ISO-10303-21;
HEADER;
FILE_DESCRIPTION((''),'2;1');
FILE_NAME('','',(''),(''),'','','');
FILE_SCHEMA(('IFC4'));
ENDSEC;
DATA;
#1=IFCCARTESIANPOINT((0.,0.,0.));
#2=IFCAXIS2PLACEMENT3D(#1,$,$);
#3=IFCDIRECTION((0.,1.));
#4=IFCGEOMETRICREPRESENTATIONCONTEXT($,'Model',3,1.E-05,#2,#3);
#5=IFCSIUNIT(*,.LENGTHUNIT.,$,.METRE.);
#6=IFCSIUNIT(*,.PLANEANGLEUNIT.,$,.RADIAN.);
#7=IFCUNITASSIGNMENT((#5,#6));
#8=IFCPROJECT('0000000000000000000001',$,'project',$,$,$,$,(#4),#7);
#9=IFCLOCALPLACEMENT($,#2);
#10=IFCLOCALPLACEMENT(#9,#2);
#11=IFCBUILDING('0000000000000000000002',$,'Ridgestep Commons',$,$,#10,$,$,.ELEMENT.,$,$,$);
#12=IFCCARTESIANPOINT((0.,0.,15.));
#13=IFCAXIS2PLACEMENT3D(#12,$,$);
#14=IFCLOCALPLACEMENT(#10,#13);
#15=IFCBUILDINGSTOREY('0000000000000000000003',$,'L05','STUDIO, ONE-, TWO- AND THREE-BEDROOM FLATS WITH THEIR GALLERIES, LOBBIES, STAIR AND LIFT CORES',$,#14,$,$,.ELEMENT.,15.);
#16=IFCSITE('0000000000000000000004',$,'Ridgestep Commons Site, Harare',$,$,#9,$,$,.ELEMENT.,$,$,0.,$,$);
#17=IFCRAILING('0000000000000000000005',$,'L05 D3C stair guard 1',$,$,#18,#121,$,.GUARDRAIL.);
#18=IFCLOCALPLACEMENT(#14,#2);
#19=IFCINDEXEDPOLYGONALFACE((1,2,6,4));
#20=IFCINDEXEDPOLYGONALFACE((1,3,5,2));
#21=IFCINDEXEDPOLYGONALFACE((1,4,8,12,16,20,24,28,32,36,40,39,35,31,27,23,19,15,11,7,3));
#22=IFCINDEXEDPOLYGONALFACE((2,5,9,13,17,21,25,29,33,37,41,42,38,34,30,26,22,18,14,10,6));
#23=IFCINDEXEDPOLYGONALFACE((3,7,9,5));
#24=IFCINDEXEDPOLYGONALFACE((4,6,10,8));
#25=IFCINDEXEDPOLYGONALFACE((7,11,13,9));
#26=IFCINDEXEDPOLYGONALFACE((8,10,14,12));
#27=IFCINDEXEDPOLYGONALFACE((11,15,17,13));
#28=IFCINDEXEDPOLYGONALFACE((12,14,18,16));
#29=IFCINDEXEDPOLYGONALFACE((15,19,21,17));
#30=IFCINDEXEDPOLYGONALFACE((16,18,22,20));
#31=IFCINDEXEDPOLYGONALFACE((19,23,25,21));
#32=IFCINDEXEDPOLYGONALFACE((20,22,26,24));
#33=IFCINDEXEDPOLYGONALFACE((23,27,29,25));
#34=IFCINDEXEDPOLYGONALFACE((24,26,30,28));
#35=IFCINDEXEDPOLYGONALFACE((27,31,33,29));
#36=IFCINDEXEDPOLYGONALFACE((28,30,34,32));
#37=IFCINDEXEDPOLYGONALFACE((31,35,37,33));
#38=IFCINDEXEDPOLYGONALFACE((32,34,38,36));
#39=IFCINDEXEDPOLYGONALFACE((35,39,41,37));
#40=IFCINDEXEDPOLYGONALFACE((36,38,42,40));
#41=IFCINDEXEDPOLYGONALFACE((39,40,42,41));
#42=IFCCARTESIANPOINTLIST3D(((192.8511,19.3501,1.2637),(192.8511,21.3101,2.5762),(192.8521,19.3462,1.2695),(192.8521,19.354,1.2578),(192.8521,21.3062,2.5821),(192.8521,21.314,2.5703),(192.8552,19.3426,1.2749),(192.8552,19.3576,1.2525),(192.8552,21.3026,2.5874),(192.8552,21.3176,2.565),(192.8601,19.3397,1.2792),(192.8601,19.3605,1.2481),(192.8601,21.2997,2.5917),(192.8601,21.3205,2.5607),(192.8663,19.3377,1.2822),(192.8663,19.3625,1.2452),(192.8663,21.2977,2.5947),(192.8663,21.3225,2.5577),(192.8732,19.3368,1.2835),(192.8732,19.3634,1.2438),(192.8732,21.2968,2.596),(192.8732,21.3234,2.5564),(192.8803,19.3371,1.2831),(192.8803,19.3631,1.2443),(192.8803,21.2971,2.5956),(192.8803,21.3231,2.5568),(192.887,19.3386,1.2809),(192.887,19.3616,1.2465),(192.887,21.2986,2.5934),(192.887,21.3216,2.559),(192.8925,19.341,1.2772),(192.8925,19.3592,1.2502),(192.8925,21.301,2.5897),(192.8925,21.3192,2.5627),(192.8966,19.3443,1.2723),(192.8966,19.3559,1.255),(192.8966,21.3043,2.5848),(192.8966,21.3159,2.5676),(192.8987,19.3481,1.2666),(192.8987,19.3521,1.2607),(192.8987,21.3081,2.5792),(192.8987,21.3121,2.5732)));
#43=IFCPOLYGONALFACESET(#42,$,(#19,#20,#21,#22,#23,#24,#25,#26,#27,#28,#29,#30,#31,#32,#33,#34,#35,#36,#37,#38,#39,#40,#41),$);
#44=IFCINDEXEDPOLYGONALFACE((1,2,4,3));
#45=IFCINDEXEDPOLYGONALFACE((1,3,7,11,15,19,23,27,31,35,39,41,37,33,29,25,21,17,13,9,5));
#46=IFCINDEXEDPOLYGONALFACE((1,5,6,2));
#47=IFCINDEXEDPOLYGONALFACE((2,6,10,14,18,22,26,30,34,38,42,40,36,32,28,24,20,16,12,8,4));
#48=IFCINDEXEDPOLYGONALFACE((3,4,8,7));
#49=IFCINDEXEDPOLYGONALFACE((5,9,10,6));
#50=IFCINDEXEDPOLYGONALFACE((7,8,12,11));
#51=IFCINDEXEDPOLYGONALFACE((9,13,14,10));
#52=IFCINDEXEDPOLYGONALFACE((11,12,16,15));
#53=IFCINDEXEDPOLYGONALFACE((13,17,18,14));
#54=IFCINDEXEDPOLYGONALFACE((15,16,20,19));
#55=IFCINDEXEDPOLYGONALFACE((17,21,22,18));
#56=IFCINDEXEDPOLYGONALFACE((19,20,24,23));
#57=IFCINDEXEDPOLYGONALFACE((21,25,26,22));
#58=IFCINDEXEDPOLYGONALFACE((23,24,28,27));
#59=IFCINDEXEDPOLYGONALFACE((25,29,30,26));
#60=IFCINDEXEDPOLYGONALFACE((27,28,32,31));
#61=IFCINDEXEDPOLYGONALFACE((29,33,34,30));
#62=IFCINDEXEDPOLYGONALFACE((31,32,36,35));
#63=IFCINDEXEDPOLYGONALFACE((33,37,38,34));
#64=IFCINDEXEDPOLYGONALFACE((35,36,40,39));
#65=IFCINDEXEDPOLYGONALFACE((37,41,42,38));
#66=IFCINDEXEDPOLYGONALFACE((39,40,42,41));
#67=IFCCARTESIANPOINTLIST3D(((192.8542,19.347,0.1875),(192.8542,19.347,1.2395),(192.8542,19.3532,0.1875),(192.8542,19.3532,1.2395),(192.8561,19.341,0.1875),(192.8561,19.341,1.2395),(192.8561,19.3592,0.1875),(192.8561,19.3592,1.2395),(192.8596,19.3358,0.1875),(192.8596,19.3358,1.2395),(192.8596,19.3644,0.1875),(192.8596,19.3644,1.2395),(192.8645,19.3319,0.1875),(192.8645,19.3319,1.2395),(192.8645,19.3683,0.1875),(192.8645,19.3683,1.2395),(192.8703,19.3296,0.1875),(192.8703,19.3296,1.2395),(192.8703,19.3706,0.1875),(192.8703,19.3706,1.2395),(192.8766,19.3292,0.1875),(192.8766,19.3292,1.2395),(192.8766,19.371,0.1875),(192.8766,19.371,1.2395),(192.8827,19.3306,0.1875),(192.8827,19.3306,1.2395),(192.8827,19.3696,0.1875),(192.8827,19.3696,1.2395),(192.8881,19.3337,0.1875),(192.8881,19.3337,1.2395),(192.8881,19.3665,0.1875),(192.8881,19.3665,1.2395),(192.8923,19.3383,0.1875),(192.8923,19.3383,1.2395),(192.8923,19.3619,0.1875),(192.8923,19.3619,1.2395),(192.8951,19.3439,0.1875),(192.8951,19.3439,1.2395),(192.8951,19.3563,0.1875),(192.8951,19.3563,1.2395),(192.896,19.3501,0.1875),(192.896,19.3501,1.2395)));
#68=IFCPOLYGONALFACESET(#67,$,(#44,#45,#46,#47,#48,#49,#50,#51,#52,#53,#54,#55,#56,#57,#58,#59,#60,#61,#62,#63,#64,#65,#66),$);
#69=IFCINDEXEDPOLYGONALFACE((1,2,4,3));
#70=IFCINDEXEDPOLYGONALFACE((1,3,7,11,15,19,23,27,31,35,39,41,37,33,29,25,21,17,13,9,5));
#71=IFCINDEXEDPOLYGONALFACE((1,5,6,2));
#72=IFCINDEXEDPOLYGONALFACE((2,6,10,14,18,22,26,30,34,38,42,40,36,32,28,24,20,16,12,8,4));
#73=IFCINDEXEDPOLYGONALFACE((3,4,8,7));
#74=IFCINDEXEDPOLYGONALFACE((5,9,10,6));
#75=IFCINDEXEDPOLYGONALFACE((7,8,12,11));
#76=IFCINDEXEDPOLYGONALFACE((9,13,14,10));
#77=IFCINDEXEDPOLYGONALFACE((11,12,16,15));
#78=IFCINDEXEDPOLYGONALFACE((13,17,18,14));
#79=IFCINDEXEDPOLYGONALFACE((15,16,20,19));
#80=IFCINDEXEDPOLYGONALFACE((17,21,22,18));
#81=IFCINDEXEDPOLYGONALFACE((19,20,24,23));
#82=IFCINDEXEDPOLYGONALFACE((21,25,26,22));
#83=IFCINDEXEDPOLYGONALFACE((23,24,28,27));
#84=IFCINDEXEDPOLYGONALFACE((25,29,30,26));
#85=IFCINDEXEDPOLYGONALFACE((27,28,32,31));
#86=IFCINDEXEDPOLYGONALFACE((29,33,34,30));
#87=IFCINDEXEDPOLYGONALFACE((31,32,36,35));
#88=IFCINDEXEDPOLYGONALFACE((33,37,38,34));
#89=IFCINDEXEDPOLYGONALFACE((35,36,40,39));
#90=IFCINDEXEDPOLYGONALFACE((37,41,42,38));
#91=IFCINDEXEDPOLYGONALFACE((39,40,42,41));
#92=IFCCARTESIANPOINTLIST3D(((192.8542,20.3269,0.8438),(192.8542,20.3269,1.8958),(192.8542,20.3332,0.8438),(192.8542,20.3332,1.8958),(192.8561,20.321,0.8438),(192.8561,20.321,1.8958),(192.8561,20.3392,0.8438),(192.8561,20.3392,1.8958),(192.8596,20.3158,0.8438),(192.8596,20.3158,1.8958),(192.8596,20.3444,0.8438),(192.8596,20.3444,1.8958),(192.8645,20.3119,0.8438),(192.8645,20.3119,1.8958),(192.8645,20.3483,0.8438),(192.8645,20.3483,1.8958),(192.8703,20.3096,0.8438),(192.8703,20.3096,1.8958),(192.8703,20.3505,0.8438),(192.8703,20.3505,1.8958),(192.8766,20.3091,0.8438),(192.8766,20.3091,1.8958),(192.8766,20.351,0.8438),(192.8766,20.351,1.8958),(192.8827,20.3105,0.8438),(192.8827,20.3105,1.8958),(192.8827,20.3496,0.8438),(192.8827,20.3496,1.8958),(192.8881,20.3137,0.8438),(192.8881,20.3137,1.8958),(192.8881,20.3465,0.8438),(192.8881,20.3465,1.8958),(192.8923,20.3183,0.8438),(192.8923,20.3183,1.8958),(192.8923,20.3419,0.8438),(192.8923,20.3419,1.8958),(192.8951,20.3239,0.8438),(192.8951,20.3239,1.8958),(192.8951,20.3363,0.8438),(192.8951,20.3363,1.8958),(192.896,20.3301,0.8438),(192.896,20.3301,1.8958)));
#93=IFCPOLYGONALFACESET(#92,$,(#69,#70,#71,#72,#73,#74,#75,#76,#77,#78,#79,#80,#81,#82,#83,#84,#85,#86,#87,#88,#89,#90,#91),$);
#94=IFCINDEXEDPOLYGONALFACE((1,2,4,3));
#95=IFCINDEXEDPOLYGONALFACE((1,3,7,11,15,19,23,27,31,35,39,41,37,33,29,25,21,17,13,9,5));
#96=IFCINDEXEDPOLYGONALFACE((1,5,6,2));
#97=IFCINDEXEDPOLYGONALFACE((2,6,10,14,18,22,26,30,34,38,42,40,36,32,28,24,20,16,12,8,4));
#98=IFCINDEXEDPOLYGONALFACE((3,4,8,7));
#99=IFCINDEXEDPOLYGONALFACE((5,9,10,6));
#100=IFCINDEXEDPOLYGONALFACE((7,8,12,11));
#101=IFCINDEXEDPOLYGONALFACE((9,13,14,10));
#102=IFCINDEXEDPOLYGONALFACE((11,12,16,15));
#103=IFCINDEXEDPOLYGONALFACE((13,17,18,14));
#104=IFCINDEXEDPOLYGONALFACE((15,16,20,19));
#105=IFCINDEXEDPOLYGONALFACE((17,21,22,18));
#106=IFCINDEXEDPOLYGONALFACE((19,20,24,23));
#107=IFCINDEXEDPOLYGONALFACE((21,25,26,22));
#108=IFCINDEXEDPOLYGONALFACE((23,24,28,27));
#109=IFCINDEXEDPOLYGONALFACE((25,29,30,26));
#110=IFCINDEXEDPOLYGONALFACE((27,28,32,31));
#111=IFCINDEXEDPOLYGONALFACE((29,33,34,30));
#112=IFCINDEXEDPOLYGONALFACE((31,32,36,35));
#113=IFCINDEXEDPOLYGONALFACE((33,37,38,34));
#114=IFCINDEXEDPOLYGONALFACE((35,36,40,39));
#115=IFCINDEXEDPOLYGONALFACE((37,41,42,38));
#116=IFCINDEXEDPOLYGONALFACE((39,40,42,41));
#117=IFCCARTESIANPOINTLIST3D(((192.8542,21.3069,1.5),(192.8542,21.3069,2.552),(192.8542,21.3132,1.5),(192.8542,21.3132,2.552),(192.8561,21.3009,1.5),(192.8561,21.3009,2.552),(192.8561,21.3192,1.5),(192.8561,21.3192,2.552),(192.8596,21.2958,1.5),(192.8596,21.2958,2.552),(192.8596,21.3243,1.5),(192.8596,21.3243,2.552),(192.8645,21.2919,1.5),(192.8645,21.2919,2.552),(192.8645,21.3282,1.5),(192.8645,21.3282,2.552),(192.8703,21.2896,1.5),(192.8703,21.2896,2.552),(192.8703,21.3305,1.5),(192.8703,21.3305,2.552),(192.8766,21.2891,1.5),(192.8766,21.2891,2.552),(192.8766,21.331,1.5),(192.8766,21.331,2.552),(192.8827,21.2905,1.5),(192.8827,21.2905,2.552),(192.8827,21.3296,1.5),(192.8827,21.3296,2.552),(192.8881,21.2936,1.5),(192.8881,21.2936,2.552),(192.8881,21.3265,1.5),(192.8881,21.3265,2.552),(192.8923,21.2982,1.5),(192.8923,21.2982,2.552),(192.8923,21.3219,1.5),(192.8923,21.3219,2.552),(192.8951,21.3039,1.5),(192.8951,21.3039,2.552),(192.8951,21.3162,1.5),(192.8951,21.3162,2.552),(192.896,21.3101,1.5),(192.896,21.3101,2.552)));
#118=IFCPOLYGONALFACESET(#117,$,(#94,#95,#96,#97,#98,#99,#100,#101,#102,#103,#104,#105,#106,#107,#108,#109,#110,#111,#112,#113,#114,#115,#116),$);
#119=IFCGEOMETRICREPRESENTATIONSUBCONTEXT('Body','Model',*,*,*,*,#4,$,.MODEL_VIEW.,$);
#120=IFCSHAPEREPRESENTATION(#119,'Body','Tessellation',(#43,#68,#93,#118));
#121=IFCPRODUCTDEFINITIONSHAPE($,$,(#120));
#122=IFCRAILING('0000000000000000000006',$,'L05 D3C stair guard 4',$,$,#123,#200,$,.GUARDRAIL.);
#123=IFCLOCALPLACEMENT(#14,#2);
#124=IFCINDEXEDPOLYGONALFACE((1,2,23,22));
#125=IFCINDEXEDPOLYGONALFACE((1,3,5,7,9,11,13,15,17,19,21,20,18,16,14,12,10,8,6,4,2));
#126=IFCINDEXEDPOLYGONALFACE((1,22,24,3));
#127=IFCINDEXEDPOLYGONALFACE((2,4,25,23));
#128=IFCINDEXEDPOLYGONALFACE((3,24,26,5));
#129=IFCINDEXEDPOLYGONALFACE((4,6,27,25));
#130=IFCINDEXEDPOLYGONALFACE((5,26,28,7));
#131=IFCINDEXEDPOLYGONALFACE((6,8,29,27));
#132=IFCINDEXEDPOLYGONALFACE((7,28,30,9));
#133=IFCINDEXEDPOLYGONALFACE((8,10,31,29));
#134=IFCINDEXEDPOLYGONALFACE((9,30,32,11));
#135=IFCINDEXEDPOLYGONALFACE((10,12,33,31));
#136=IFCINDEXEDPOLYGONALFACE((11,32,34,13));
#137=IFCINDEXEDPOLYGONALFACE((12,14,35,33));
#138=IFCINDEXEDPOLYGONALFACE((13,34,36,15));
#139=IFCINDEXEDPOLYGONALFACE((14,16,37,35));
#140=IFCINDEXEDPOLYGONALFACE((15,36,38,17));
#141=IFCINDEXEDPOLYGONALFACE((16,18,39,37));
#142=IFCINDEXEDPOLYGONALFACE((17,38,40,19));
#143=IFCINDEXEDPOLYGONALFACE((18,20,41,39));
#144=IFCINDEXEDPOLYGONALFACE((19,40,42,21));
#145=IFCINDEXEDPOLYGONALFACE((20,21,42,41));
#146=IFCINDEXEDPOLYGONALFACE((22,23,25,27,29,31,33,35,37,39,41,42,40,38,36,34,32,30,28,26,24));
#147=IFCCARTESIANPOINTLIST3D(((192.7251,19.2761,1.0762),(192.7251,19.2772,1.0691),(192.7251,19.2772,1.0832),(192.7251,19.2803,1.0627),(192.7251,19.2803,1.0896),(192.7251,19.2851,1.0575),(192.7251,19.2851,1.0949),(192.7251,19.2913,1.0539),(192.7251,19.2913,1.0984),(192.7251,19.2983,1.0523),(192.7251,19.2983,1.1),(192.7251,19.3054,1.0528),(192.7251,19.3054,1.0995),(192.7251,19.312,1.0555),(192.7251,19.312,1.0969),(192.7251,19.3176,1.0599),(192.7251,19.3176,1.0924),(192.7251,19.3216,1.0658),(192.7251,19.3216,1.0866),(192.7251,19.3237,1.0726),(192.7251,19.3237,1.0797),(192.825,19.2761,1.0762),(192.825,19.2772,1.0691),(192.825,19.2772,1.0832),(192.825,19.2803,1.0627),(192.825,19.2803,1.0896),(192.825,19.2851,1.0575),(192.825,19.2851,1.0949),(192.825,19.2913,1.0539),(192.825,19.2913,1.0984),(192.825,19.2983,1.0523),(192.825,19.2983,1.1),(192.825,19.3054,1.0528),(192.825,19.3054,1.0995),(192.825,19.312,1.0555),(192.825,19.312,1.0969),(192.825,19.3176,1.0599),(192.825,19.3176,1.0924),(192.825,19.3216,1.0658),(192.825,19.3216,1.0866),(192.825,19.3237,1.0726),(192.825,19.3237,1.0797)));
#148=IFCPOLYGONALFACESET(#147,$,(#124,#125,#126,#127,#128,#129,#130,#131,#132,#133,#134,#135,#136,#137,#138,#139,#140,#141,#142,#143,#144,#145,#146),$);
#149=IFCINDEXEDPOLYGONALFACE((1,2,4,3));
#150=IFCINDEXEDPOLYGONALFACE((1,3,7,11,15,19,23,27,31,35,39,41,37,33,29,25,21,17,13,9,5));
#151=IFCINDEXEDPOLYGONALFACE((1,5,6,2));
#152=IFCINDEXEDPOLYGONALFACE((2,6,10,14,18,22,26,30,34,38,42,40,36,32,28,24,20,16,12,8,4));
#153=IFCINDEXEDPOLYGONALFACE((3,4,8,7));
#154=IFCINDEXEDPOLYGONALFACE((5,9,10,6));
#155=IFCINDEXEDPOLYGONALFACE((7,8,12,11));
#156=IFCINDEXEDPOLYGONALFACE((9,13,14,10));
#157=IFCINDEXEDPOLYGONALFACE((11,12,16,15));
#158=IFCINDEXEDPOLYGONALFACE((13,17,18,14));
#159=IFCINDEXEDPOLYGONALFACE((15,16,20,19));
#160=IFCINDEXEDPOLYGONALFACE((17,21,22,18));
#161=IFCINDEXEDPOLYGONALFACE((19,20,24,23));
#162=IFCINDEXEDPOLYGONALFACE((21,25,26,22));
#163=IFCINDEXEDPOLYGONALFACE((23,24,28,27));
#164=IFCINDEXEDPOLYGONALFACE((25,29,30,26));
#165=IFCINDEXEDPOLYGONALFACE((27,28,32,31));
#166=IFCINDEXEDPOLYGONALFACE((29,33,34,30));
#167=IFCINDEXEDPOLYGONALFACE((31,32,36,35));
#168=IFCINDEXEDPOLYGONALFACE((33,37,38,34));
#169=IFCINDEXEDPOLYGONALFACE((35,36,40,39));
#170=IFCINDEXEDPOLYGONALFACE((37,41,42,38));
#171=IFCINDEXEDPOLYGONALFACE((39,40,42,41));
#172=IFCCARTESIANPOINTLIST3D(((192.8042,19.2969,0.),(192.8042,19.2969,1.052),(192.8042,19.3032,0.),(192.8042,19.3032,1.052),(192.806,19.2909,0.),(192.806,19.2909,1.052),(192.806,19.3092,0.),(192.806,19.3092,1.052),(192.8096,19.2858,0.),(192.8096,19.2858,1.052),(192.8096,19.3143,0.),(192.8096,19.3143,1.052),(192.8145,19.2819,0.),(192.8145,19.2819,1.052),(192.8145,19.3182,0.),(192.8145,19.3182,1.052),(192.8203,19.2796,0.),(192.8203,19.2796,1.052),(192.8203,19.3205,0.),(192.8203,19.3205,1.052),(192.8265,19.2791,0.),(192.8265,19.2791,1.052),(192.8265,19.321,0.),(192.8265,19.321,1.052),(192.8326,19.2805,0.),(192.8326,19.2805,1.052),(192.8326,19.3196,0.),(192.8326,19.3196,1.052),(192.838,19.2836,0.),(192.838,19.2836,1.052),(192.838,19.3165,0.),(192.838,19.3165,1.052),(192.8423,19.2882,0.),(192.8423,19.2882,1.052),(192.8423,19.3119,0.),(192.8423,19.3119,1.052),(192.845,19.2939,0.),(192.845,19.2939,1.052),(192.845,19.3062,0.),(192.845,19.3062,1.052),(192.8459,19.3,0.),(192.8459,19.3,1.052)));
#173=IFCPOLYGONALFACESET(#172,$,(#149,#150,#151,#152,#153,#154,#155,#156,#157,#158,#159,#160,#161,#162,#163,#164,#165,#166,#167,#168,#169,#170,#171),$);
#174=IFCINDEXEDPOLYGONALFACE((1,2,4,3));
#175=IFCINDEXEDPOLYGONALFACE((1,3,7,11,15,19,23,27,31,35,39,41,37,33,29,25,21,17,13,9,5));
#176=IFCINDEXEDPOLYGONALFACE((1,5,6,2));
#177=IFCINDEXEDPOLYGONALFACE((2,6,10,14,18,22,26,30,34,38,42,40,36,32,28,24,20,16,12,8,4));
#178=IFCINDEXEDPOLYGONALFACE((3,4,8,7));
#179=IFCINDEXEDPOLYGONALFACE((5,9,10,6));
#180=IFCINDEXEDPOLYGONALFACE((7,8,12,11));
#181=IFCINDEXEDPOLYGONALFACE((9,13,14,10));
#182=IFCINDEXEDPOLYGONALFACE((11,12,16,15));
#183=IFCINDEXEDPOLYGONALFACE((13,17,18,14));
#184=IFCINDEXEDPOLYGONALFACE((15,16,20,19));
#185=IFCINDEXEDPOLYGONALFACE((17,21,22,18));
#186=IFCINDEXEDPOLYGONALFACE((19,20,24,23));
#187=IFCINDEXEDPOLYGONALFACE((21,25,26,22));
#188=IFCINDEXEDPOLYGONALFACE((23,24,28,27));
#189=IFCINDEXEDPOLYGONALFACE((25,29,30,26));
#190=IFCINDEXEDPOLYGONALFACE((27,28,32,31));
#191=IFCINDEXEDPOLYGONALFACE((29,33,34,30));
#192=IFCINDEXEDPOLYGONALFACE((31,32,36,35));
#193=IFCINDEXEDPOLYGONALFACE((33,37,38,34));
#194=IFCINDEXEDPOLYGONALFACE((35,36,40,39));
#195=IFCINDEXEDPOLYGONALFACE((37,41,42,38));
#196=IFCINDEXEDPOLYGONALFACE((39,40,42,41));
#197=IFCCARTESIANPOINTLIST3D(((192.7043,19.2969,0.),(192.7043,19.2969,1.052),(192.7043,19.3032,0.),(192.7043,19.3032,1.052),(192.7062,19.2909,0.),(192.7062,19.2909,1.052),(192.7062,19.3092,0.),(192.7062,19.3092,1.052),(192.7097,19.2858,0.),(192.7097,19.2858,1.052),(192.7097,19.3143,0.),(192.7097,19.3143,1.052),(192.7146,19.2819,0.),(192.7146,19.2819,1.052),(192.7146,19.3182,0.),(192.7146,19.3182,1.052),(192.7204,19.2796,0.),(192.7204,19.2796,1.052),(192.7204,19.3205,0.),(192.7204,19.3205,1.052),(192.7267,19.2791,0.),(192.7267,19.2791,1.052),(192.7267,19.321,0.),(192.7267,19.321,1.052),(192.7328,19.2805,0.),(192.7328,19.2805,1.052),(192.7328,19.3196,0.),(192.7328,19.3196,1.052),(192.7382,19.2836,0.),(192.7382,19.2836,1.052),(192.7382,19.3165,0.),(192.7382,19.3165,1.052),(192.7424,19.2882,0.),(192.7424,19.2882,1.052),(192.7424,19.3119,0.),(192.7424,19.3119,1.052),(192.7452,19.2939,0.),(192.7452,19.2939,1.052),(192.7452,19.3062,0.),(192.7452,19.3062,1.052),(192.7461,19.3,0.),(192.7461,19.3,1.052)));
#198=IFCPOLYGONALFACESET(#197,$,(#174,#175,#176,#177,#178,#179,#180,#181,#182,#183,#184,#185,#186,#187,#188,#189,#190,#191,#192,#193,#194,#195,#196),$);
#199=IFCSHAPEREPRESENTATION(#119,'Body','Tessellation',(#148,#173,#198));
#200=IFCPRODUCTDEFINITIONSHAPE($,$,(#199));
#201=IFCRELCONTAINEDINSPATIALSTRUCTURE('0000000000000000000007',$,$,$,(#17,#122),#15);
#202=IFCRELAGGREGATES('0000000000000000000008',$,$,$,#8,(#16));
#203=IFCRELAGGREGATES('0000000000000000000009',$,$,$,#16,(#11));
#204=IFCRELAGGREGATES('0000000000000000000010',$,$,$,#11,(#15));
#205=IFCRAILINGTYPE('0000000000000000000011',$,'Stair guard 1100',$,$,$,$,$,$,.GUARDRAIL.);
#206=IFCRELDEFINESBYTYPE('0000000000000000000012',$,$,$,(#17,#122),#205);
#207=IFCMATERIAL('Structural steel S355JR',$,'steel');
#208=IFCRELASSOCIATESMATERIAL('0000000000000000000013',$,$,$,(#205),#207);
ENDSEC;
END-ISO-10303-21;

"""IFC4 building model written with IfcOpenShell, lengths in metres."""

from ifc_helpers import new_model, si_unit, direction, frame, origin, origin_2d, place, context, subcontext, project, spatial, circle, extrude, material, type_object, element, save


model = new_model("IFC4")

# Units and contexts
model_context = context("Model", 3, precision=1e-05, world=origin(), true_north=direction((0.0, 1.0)))
body_context = subcontext(model_context, "Body", "Model", "MODEL_VIEW")
ifc_project = project(units=[si_unit("LENGTHUNIT", "METRE"), si_unit("PLANEANGLEUNIT", "RADIAN")], contexts=[model_context])

# Site, building, storey
site_placement = place(None, origin())
site = spatial("IfcSite", under=ifc_project, at=site_placement, Name="Ridgestep Commons Site, Harare", CompositionType="ELEMENT", RefElevation=0.0)
building_placement = place(site_placement, origin())
building = spatial("IfcBuilding", under=site, at=building_placement, Name="Ridgestep Commons", CompositionType="ELEMENT")
storey_placement = place(building_placement, frame((0.0, 0.0, 15.0)))
storey = spatial("IfcBuildingStorey", under=building, at=storey_placement, Name="L05", Description="STUDIO, ONE-, TWO- AND THREE-BEDROOM FLATS WITH THEIR GALLERIES, LOBBIES, STAIR AND LIFT CORES", CompositionType="ELEMENT", Elevation=15.0)

# Railings
ifc_material_1 = material(Name="Structural steel S355JR", Category="steel")
railing_type_1 = type_object("IfcRailingType", Name="Stair guard 1100", PredefinedType="GUARDRAIL", material=ifc_material_1)
railing_1_placement = place(storey_placement, frame((192.875, 19.3501, 0.1875)))
element("IfcRailing", 1, at=railing_1_placement, inside=storey, type_object=railing_type_1, Name="L05 D3C stair guard 1", PredefinedType="GUARDRAIL", context=body_context, shape_type="SweptSolid", body=[
    extrude(circle(Radius=0.0239, at=origin_2d()), frame((0.0, 0.0, 1.0762), z_axis=(0.0, 0.830902, 0.556419), x_axis=(-1.0, 0.0, 0.0)), (0.0, 0.0, 1.0), 2.3589),
    extrude(circle(Radius=0.021, at=origin_2d()), origin(), (0.0, 0.0, 1.0), 1.052),
    extrude(circle(Radius=0.021, at=origin_2d()), frame((0.0, 0.98, 0.6562)), (0.0, 0.0, 1.0), 1.052),
    extrude(circle(Radius=0.021, at=origin_2d()), frame((0.0, 1.96, 1.3125)), (0.0, 0.0, 1.0), 1.052),
])
railing_2_placement = place(storey_placement, frame((192.825, 19.3, 0.0)))
element("IfcRailing", 2, at=railing_2_placement, inside=storey, type_object=railing_type_1, Name="L05 D3C stair guard 4", PredefinedType="GUARDRAIL", context=body_context, shape_type="SweptSolid", body=[
    extrude(circle(Radius=0.0239, at=origin_2d()), frame((0.0, 0.0, 1.0762), z_axis=(-1.0, 0.0, 0.0), x_axis=(0.0, -1.0, 0.0)), (0.0, 0.0, 1.0), 0.0999),
    extrude(circle(Radius=0.021, at=origin_2d()), origin(), (0.0, 0.0, 1.0), 1.052),
    extrude(circle(Radius=0.021, at=origin_2d()), frame((-0.0999, 0.0, 0.0)), (0.0, 0.0, 1.0), 1.052),
])

save(model, "model.ifc")
